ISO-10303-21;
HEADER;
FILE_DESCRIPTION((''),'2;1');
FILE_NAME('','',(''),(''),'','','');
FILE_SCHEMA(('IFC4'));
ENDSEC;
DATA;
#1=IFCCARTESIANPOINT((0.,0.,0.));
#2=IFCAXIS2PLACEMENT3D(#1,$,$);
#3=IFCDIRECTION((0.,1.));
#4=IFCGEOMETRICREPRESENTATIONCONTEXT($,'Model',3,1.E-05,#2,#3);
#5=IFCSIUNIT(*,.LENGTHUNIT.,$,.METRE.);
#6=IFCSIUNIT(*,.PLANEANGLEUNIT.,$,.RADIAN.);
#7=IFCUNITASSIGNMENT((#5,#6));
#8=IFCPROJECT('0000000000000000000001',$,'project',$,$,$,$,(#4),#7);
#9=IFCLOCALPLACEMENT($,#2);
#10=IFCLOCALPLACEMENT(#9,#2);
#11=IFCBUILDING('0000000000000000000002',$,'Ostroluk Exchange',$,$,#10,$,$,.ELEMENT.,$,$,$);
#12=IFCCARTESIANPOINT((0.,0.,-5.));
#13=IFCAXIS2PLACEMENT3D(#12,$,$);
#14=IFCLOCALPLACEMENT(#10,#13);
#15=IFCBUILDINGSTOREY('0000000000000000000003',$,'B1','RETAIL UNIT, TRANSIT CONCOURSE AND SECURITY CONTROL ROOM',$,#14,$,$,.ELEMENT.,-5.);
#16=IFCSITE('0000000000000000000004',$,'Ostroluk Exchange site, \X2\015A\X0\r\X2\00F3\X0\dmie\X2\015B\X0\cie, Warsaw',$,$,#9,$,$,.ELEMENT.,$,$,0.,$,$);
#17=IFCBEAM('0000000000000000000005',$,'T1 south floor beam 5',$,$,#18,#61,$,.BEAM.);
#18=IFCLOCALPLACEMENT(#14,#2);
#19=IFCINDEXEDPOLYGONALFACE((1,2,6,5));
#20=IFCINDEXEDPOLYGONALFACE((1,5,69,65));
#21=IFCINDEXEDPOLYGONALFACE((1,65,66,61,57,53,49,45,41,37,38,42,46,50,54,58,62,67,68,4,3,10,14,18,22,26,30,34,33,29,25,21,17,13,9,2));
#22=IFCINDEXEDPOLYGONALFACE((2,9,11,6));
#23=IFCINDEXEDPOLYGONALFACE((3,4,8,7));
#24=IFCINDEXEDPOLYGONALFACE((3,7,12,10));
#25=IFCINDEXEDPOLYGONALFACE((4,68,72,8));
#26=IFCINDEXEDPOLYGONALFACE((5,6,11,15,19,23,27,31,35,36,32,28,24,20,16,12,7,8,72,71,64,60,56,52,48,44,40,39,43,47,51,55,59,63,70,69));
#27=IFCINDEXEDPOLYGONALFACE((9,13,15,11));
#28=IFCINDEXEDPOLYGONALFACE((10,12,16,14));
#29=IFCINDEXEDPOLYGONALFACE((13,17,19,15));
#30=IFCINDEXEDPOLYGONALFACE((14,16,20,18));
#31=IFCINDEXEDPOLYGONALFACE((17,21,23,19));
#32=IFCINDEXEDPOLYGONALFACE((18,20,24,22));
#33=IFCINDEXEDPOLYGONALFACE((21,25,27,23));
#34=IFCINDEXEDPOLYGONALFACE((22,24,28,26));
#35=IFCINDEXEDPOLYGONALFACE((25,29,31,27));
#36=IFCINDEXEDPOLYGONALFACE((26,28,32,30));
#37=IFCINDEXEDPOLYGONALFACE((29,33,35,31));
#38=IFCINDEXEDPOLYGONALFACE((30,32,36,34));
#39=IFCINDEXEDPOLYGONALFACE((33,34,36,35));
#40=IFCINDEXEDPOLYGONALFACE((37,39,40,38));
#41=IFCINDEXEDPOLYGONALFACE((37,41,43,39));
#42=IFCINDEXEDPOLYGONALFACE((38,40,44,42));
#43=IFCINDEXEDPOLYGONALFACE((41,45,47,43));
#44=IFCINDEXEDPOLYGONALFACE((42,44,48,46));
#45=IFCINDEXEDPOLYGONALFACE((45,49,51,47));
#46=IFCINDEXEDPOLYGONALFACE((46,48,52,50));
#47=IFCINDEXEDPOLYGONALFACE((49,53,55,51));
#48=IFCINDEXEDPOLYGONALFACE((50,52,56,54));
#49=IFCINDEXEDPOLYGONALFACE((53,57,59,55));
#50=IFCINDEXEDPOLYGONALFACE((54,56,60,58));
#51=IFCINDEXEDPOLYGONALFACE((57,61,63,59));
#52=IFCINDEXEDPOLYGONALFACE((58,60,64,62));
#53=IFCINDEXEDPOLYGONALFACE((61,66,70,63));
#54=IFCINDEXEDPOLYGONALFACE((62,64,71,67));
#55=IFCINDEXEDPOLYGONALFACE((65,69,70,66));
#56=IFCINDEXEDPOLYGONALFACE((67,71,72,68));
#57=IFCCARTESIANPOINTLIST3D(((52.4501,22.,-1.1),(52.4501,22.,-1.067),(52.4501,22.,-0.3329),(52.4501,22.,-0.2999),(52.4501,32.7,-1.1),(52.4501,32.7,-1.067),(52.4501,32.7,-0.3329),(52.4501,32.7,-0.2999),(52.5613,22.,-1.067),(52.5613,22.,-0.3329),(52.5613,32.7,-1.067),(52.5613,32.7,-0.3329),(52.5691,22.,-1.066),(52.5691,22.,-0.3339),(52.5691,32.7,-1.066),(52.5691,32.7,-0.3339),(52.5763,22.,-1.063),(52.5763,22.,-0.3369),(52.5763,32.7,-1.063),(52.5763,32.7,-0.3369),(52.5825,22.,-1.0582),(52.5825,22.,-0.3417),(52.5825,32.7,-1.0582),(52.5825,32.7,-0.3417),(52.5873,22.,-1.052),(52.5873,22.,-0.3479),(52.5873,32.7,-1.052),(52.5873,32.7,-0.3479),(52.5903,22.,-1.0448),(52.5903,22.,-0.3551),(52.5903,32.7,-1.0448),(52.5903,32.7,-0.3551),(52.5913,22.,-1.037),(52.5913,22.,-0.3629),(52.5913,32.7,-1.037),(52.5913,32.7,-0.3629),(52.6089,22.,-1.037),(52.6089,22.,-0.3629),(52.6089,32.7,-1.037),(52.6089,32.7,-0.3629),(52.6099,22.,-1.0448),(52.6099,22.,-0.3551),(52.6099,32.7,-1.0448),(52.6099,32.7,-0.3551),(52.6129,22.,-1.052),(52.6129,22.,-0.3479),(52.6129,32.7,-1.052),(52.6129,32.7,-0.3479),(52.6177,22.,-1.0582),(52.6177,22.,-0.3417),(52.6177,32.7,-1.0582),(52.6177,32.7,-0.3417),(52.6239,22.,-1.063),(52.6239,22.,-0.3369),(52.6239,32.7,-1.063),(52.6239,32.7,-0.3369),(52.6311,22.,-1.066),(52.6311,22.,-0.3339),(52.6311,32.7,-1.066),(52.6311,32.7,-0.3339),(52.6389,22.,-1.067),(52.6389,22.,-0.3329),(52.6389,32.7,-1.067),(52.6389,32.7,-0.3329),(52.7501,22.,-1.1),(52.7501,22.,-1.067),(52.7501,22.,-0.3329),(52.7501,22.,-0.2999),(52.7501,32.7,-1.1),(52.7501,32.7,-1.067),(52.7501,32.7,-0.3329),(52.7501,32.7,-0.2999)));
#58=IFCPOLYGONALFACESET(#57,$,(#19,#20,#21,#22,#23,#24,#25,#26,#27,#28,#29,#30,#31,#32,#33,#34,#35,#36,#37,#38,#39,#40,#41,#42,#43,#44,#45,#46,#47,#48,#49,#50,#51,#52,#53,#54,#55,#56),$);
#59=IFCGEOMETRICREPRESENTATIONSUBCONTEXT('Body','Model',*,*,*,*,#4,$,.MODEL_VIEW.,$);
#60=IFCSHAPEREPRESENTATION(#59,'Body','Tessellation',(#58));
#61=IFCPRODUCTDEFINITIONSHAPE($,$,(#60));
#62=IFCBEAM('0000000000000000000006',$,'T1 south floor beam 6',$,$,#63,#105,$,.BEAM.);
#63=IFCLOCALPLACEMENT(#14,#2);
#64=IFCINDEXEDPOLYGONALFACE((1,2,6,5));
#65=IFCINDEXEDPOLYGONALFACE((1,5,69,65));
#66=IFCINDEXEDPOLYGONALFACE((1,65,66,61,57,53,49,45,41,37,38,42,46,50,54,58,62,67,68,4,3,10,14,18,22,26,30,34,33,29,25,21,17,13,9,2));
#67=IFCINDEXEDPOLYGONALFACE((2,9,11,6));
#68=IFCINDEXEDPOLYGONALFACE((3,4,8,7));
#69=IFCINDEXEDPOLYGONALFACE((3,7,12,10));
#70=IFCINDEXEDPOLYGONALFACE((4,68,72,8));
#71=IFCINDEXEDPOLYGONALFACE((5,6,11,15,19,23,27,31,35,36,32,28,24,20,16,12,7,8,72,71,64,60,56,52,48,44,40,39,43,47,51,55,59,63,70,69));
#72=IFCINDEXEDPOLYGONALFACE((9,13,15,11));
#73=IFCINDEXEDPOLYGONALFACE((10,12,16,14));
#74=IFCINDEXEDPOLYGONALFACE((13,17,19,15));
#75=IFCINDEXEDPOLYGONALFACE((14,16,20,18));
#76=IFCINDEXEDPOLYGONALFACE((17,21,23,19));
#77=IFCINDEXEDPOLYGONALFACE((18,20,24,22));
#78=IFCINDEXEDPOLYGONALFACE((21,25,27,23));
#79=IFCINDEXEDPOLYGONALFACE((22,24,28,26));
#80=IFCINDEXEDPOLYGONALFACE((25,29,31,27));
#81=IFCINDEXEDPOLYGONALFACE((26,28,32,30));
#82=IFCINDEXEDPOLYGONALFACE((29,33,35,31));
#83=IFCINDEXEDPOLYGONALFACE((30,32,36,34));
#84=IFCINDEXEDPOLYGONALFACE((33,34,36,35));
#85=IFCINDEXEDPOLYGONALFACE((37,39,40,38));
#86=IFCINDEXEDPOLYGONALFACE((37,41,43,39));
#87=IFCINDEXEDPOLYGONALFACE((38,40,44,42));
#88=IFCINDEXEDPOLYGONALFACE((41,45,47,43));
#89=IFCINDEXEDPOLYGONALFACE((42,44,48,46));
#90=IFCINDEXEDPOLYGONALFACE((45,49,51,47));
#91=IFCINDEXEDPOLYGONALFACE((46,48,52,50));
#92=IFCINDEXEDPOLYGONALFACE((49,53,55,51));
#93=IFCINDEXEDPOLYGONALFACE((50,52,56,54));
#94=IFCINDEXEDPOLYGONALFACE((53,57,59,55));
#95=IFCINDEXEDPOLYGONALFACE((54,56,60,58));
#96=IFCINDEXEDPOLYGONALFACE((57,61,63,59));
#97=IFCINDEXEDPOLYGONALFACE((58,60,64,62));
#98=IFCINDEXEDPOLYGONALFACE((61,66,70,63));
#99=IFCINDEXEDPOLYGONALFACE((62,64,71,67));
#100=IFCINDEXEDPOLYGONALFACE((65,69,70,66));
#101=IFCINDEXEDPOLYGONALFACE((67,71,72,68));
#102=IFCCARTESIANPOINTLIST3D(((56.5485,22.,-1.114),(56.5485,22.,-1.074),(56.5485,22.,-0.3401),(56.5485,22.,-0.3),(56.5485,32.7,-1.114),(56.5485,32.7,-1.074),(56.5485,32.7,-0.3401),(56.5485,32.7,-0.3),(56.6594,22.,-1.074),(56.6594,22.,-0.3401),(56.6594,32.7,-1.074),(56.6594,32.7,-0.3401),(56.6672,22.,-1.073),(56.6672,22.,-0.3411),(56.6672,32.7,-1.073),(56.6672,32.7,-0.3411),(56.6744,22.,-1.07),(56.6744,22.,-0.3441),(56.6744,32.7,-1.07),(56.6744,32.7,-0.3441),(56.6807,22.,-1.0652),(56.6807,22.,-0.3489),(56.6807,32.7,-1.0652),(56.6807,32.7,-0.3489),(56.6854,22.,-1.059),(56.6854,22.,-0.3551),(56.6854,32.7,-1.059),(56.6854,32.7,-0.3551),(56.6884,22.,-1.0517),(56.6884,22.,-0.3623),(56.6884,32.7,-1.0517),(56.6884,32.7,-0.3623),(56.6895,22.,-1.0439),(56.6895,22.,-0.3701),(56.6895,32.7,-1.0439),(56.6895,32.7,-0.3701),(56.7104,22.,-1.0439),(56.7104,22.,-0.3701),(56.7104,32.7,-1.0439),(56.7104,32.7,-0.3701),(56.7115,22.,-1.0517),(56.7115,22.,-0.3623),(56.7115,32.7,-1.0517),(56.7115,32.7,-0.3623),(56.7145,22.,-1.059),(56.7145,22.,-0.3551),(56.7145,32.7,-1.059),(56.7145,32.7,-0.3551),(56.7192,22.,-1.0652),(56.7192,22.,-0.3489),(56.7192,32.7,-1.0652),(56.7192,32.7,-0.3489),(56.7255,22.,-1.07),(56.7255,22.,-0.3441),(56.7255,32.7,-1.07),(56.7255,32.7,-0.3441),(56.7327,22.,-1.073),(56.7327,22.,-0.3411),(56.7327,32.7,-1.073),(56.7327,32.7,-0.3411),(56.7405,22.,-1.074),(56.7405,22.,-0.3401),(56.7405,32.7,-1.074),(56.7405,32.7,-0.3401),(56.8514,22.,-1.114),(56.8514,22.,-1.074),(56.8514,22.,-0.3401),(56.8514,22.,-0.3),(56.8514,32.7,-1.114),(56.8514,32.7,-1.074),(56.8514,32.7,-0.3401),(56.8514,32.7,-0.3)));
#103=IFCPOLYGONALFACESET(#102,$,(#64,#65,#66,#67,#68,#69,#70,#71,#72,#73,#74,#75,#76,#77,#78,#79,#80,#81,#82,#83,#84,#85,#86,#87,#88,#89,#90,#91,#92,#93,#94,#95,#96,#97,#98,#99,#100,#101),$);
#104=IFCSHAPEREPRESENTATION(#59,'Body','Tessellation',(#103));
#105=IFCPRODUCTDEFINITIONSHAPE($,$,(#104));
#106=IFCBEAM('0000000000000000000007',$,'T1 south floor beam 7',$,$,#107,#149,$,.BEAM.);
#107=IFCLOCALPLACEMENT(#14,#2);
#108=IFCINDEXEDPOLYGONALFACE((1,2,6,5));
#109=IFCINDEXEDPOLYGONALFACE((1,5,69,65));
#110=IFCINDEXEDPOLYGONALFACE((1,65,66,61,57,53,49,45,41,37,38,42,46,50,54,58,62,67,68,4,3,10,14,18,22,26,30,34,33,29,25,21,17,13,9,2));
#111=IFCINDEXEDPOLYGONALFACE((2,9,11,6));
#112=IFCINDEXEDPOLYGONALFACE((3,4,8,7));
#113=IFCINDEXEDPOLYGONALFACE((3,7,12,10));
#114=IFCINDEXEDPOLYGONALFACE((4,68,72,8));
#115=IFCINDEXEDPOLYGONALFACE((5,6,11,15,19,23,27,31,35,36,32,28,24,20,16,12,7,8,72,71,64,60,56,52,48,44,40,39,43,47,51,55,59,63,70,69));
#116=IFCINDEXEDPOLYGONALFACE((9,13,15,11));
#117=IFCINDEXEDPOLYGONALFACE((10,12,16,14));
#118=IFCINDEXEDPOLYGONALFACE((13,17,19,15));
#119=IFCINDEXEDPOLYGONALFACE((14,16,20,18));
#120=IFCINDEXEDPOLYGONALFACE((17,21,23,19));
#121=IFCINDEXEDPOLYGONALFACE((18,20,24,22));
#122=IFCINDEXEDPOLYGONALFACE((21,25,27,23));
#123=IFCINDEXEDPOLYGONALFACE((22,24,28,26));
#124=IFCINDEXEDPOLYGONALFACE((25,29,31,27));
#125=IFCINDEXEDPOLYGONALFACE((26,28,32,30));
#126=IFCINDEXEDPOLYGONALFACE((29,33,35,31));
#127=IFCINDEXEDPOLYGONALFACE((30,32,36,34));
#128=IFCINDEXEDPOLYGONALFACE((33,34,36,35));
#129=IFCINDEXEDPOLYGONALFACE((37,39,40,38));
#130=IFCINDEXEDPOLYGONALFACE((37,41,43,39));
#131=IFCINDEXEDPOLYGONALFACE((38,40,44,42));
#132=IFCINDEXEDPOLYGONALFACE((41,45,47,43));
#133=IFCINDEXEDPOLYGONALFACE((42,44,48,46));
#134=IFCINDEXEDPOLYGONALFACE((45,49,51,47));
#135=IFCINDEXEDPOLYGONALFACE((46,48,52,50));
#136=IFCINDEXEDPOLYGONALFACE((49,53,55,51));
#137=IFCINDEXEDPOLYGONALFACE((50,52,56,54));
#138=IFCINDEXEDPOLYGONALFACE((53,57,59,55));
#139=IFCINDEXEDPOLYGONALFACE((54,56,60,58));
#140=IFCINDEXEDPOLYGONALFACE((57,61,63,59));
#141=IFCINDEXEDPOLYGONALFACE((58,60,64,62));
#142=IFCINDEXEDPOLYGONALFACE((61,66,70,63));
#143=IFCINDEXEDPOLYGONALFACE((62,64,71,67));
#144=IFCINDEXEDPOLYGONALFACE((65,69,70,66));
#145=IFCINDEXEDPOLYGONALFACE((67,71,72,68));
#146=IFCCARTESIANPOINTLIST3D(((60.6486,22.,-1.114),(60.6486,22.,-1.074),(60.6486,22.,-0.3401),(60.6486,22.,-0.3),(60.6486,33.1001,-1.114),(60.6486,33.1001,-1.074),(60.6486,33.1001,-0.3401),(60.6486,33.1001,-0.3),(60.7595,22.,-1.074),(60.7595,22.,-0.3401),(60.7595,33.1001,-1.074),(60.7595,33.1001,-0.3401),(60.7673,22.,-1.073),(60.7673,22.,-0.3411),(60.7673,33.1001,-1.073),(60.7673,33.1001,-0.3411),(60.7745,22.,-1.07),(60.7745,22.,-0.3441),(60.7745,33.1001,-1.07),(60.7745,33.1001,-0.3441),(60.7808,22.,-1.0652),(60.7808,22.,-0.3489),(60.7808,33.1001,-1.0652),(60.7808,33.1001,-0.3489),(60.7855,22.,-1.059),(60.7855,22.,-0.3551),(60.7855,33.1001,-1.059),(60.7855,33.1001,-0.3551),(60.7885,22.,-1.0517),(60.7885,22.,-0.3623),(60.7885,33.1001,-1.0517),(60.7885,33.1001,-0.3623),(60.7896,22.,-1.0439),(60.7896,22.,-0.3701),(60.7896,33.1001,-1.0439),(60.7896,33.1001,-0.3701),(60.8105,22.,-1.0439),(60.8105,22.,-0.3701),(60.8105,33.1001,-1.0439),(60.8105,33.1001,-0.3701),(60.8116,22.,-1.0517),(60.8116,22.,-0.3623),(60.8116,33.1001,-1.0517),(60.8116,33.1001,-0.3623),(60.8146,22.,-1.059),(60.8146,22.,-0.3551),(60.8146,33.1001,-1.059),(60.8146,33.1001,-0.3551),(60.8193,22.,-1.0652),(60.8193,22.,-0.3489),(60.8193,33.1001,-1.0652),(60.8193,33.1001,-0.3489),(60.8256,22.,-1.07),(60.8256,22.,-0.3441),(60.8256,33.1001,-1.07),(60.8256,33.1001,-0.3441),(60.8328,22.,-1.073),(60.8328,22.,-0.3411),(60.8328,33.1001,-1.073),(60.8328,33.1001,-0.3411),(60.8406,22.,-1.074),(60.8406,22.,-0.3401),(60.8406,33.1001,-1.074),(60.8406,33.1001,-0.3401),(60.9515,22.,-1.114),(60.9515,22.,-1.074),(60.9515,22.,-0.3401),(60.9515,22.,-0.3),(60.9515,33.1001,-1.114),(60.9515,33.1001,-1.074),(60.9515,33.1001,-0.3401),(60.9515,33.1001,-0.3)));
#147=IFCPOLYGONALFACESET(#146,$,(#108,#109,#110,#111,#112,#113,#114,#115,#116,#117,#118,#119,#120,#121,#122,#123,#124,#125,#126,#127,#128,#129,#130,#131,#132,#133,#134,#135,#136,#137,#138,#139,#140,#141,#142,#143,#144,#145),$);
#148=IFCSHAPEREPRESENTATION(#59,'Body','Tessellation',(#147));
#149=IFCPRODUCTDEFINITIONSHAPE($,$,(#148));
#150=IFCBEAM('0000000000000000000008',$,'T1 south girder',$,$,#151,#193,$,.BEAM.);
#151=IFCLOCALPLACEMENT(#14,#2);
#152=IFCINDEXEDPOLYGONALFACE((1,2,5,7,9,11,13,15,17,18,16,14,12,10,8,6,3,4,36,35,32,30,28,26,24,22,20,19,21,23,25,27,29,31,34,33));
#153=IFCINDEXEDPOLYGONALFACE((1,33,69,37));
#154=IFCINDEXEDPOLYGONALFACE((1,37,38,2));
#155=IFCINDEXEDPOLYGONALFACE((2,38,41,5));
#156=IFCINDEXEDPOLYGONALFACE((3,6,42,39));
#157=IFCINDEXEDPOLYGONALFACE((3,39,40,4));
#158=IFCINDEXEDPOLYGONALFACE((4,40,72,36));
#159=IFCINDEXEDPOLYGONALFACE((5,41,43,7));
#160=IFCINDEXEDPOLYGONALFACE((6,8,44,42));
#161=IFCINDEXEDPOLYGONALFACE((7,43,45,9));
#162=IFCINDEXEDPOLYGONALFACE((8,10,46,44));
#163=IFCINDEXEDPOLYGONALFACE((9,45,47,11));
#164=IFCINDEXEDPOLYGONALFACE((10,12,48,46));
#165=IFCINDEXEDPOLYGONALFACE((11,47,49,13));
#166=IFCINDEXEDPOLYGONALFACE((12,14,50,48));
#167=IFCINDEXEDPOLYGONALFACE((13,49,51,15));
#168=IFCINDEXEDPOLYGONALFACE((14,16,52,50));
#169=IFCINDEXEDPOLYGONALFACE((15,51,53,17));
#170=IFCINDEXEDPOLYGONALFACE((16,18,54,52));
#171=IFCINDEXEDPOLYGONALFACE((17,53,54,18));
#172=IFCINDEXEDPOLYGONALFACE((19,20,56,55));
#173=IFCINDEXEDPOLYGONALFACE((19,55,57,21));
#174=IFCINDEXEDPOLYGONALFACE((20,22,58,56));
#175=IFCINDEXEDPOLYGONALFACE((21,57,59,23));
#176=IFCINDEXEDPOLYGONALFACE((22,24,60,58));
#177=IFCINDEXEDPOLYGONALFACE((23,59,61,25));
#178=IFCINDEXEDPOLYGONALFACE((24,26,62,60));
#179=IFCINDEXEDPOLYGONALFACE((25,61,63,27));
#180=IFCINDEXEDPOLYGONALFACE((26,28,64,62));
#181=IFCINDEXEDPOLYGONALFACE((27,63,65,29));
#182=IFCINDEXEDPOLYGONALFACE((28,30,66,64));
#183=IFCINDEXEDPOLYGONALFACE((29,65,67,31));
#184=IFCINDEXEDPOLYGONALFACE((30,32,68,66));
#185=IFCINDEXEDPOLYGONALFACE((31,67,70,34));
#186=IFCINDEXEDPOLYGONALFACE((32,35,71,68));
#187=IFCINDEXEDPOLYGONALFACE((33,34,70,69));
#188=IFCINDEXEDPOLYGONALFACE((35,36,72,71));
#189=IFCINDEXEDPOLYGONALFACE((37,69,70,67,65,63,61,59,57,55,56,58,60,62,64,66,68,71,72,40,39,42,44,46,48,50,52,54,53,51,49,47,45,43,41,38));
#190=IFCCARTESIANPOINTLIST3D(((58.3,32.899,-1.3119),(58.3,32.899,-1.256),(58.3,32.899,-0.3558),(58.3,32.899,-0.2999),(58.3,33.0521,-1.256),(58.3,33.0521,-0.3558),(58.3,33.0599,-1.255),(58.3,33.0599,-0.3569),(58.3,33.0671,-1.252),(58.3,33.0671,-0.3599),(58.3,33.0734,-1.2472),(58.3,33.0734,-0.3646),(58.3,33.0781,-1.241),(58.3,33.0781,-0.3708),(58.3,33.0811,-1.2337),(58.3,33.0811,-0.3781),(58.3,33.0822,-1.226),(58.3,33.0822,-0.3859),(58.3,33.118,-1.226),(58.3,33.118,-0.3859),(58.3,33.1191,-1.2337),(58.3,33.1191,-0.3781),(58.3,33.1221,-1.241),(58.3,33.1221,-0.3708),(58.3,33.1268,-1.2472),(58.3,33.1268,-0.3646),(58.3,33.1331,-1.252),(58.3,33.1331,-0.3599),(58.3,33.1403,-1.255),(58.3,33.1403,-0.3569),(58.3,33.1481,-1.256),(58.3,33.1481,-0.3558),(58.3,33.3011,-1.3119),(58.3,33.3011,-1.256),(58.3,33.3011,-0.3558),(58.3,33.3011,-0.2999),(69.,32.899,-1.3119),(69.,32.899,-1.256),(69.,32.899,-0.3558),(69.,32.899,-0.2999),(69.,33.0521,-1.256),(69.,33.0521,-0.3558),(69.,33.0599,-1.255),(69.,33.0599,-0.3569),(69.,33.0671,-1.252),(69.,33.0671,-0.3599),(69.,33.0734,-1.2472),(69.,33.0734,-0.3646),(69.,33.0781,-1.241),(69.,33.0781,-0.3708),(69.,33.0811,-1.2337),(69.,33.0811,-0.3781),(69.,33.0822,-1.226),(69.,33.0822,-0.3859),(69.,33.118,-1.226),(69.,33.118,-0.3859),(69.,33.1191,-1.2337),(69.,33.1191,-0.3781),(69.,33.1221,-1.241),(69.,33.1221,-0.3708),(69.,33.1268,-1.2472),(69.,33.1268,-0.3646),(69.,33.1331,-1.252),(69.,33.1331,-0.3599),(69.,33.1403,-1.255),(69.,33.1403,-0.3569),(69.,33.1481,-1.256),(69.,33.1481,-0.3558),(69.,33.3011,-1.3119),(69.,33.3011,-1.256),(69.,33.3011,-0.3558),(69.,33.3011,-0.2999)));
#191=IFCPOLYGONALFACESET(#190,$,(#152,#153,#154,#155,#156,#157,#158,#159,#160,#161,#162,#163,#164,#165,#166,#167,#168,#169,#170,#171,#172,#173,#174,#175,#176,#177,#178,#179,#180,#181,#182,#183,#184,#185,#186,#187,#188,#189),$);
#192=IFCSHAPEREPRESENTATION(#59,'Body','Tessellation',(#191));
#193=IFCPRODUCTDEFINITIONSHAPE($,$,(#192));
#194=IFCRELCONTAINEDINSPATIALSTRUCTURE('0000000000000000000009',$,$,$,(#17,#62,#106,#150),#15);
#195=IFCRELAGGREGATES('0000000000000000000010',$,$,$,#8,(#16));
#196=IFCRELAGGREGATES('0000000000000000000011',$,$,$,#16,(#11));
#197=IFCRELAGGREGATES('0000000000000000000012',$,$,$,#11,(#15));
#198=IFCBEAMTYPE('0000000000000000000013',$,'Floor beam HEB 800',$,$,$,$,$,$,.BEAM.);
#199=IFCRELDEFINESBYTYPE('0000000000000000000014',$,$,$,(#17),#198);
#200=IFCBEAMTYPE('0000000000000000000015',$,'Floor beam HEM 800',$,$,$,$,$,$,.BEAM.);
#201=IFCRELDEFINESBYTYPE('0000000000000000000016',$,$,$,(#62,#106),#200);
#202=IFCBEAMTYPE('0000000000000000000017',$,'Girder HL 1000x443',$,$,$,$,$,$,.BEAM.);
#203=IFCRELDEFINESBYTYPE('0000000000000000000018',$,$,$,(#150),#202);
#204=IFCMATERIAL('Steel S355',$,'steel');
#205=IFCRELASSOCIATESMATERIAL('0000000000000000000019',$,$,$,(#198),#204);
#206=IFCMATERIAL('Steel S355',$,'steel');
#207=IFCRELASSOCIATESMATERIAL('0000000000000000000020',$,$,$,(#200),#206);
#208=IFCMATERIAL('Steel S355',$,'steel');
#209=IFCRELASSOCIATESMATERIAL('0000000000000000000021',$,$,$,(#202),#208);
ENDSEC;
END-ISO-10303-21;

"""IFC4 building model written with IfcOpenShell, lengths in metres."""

from ifc_helpers import new_model, si_unit, direction, frame, origin, origin_2d, place, context, subcontext, project, spatial, i_section, extrude, material, material_profile, profile_set, type_object, element, save


model = new_model("IFC4")

# Units and contexts
model_context = context("Model", 3, precision=1e-05, world=origin(), true_north=direction((0.0, 1.0)))
body_context = subcontext(model_context, "Body", "Model", "MODEL_VIEW")
ifc_project = project(units=[si_unit("LENGTHUNIT", "METRE"), si_unit("PLANEANGLEUNIT", "RADIAN")], contexts=[model_context])

# Site, building, storey
site_placement = place(None, origin())
site = spatial("IfcSite", under=ifc_project, at=site_placement, Name="Ostroluk Exchange site, Śródmieście, Warsaw", CompositionType="ELEMENT", RefElevation=0.0)
building_placement = place(site_placement, origin())
building = spatial("IfcBuilding", under=site, at=building_placement, Name="Ostroluk Exchange", CompositionType="ELEMENT")
storey_placement = place(building_placement, frame((0.0, 0.0, -5.0)))
storey = spatial("IfcBuildingStorey", under=building, at=storey_placement, Name="B1", Description="RETAIL UNIT, TRANSIT CONCOURSE AND SECURITY CONTROL ROOM", CompositionType="ELEMENT", Elevation=-5.0)

# Beams
ifc_material_1 = material(Name="Steel S355", Category="steel")
ifc_material_profile_1 = material_profile(ifc_material_1, i_section(OverallWidth=0.3, OverallDepth=0.8, WebThickness=0.0176, FlangeThickness=0.033, FilletRadius=0.03, at=origin_2d()), Name="HEB 800")
ifc_profile_set_1 = profile_set([ifc_material_profile_1], Name="Steel S355")
beam_type_1 = type_object("IfcBeamType", Name="Floor beam HEB 800", PredefinedType="BEAM", material=ifc_profile_set_1)
for number, where, z_axis, x_axis, name in (
    (1, (52.6001, 32.7, -0.7), (0.0, -1.0, 0.0), (1.0, 0.0, 0.0), "T1 south floor beam 5"),
):
    element("IfcBeam", number, at=place(storey_placement, frame(where, z_axis=z_axis, x_axis=x_axis)), inside=storey, type_object=beam_type_1, Name=name, PredefinedType="BEAM", context=body_context, shape_type="SweptSolid", body=[
        extrude(i_section(OverallWidth=0.3, OverallDepth=0.8, WebThickness=0.0176, FlangeThickness=0.033, FilletRadius=0.03, at=origin_2d()), origin(), (0.0, 0.0, 1.0), 10.7),
    ])
ifc_material_2 = material(Name="Steel S355", Category="steel")
ifc_material_profile_2 = material_profile(ifc_material_2, i_section(OverallWidth=0.303, OverallDepth=0.814, WebThickness=0.021, FlangeThickness=0.04, FilletRadius=0.03, at=origin_2d()), Name="HEM 800")
ifc_profile_set_2 = profile_set([ifc_material_profile_2], Name="Steel S355")
beam_type_2 = type_object("IfcBeamType", Name="Floor beam HEM 800", PredefinedType="BEAM", material=ifc_profile_set_2)
beam_1_placement = place(storey_placement, frame((56.7, 32.7, -0.707), z_axis=(0.0, -1.0, 0.0), x_axis=(1.0, 0.0, 0.0)))
element("IfcBeam", 2, at=beam_1_placement, inside=storey, type_object=beam_type_2, Name="T1 south floor beam 6", PredefinedType="BEAM", context=body_context, shape_type="SweptSolid", body=[
    extrude(i_section(OverallWidth=0.303, OverallDepth=0.814, WebThickness=0.021, FlangeThickness=0.04, FilletRadius=0.03, at=origin_2d()), origin(), (0.0, 0.0, 1.0), 10.7),
])
beam_2_placement = place(storey_placement, frame((60.8, 33.1001, -0.707), z_axis=(0.0, -1.0, 0.0), x_axis=(1.0, 0.0, 0.0)))
element("IfcBeam", 3, at=beam_2_placement, inside=storey, type_object=beam_type_2, Name="T1 south floor beam 7", PredefinedType="BEAM", context=body_context, shape_type="SweptSolid", body=[
    extrude(i_section(OverallWidth=0.303, OverallDepth=0.814, WebThickness=0.021, FlangeThickness=0.04, FilletRadius=0.03, at=origin_2d()), origin(), (0.0, 0.0, 1.0), 11.1001),
])
ifc_material_3 = material(Name="Steel S355", Category="steel")
ifc_material_profile_3 = material_profile(ifc_material_3, i_section(OverallWidth=0.4021, OverallDepth=1.012, WebThickness=0.0359, FlangeThickness=0.0559, FilletRadius=0.03, at=origin_2d()), Name="HL 1000x443")
ifc_profile_set_3 = profile_set([ifc_material_profile_3], Name="Steel S355")
beam_type_3 = type_object("IfcBeamType", Name="Girder HL 1000x443", PredefinedType="BEAM", material=ifc_profile_set_3)
beam_3_placement = place(storey_placement, frame((58.3, 33.1001, -0.8059), z_axis=(1.0, 0.0, 0.0), x_axis=(0.0, 1.0, 0.0)))
element("IfcBeam", 4, at=beam_3_placement, inside=storey, type_object=beam_type_3, Name="T1 south girder", PredefinedType="BEAM", context=body_context, shape_type="SweptSolid", body=[
    extrude(i_section(OverallWidth=0.4021, OverallDepth=1.012, WebThickness=0.0359, FlangeThickness=0.0559, FilletRadius=0.03, at=origin_2d()), origin(), (0.0, 0.0, 1.0), 10.7),
])

save(model, "model.ifc")
